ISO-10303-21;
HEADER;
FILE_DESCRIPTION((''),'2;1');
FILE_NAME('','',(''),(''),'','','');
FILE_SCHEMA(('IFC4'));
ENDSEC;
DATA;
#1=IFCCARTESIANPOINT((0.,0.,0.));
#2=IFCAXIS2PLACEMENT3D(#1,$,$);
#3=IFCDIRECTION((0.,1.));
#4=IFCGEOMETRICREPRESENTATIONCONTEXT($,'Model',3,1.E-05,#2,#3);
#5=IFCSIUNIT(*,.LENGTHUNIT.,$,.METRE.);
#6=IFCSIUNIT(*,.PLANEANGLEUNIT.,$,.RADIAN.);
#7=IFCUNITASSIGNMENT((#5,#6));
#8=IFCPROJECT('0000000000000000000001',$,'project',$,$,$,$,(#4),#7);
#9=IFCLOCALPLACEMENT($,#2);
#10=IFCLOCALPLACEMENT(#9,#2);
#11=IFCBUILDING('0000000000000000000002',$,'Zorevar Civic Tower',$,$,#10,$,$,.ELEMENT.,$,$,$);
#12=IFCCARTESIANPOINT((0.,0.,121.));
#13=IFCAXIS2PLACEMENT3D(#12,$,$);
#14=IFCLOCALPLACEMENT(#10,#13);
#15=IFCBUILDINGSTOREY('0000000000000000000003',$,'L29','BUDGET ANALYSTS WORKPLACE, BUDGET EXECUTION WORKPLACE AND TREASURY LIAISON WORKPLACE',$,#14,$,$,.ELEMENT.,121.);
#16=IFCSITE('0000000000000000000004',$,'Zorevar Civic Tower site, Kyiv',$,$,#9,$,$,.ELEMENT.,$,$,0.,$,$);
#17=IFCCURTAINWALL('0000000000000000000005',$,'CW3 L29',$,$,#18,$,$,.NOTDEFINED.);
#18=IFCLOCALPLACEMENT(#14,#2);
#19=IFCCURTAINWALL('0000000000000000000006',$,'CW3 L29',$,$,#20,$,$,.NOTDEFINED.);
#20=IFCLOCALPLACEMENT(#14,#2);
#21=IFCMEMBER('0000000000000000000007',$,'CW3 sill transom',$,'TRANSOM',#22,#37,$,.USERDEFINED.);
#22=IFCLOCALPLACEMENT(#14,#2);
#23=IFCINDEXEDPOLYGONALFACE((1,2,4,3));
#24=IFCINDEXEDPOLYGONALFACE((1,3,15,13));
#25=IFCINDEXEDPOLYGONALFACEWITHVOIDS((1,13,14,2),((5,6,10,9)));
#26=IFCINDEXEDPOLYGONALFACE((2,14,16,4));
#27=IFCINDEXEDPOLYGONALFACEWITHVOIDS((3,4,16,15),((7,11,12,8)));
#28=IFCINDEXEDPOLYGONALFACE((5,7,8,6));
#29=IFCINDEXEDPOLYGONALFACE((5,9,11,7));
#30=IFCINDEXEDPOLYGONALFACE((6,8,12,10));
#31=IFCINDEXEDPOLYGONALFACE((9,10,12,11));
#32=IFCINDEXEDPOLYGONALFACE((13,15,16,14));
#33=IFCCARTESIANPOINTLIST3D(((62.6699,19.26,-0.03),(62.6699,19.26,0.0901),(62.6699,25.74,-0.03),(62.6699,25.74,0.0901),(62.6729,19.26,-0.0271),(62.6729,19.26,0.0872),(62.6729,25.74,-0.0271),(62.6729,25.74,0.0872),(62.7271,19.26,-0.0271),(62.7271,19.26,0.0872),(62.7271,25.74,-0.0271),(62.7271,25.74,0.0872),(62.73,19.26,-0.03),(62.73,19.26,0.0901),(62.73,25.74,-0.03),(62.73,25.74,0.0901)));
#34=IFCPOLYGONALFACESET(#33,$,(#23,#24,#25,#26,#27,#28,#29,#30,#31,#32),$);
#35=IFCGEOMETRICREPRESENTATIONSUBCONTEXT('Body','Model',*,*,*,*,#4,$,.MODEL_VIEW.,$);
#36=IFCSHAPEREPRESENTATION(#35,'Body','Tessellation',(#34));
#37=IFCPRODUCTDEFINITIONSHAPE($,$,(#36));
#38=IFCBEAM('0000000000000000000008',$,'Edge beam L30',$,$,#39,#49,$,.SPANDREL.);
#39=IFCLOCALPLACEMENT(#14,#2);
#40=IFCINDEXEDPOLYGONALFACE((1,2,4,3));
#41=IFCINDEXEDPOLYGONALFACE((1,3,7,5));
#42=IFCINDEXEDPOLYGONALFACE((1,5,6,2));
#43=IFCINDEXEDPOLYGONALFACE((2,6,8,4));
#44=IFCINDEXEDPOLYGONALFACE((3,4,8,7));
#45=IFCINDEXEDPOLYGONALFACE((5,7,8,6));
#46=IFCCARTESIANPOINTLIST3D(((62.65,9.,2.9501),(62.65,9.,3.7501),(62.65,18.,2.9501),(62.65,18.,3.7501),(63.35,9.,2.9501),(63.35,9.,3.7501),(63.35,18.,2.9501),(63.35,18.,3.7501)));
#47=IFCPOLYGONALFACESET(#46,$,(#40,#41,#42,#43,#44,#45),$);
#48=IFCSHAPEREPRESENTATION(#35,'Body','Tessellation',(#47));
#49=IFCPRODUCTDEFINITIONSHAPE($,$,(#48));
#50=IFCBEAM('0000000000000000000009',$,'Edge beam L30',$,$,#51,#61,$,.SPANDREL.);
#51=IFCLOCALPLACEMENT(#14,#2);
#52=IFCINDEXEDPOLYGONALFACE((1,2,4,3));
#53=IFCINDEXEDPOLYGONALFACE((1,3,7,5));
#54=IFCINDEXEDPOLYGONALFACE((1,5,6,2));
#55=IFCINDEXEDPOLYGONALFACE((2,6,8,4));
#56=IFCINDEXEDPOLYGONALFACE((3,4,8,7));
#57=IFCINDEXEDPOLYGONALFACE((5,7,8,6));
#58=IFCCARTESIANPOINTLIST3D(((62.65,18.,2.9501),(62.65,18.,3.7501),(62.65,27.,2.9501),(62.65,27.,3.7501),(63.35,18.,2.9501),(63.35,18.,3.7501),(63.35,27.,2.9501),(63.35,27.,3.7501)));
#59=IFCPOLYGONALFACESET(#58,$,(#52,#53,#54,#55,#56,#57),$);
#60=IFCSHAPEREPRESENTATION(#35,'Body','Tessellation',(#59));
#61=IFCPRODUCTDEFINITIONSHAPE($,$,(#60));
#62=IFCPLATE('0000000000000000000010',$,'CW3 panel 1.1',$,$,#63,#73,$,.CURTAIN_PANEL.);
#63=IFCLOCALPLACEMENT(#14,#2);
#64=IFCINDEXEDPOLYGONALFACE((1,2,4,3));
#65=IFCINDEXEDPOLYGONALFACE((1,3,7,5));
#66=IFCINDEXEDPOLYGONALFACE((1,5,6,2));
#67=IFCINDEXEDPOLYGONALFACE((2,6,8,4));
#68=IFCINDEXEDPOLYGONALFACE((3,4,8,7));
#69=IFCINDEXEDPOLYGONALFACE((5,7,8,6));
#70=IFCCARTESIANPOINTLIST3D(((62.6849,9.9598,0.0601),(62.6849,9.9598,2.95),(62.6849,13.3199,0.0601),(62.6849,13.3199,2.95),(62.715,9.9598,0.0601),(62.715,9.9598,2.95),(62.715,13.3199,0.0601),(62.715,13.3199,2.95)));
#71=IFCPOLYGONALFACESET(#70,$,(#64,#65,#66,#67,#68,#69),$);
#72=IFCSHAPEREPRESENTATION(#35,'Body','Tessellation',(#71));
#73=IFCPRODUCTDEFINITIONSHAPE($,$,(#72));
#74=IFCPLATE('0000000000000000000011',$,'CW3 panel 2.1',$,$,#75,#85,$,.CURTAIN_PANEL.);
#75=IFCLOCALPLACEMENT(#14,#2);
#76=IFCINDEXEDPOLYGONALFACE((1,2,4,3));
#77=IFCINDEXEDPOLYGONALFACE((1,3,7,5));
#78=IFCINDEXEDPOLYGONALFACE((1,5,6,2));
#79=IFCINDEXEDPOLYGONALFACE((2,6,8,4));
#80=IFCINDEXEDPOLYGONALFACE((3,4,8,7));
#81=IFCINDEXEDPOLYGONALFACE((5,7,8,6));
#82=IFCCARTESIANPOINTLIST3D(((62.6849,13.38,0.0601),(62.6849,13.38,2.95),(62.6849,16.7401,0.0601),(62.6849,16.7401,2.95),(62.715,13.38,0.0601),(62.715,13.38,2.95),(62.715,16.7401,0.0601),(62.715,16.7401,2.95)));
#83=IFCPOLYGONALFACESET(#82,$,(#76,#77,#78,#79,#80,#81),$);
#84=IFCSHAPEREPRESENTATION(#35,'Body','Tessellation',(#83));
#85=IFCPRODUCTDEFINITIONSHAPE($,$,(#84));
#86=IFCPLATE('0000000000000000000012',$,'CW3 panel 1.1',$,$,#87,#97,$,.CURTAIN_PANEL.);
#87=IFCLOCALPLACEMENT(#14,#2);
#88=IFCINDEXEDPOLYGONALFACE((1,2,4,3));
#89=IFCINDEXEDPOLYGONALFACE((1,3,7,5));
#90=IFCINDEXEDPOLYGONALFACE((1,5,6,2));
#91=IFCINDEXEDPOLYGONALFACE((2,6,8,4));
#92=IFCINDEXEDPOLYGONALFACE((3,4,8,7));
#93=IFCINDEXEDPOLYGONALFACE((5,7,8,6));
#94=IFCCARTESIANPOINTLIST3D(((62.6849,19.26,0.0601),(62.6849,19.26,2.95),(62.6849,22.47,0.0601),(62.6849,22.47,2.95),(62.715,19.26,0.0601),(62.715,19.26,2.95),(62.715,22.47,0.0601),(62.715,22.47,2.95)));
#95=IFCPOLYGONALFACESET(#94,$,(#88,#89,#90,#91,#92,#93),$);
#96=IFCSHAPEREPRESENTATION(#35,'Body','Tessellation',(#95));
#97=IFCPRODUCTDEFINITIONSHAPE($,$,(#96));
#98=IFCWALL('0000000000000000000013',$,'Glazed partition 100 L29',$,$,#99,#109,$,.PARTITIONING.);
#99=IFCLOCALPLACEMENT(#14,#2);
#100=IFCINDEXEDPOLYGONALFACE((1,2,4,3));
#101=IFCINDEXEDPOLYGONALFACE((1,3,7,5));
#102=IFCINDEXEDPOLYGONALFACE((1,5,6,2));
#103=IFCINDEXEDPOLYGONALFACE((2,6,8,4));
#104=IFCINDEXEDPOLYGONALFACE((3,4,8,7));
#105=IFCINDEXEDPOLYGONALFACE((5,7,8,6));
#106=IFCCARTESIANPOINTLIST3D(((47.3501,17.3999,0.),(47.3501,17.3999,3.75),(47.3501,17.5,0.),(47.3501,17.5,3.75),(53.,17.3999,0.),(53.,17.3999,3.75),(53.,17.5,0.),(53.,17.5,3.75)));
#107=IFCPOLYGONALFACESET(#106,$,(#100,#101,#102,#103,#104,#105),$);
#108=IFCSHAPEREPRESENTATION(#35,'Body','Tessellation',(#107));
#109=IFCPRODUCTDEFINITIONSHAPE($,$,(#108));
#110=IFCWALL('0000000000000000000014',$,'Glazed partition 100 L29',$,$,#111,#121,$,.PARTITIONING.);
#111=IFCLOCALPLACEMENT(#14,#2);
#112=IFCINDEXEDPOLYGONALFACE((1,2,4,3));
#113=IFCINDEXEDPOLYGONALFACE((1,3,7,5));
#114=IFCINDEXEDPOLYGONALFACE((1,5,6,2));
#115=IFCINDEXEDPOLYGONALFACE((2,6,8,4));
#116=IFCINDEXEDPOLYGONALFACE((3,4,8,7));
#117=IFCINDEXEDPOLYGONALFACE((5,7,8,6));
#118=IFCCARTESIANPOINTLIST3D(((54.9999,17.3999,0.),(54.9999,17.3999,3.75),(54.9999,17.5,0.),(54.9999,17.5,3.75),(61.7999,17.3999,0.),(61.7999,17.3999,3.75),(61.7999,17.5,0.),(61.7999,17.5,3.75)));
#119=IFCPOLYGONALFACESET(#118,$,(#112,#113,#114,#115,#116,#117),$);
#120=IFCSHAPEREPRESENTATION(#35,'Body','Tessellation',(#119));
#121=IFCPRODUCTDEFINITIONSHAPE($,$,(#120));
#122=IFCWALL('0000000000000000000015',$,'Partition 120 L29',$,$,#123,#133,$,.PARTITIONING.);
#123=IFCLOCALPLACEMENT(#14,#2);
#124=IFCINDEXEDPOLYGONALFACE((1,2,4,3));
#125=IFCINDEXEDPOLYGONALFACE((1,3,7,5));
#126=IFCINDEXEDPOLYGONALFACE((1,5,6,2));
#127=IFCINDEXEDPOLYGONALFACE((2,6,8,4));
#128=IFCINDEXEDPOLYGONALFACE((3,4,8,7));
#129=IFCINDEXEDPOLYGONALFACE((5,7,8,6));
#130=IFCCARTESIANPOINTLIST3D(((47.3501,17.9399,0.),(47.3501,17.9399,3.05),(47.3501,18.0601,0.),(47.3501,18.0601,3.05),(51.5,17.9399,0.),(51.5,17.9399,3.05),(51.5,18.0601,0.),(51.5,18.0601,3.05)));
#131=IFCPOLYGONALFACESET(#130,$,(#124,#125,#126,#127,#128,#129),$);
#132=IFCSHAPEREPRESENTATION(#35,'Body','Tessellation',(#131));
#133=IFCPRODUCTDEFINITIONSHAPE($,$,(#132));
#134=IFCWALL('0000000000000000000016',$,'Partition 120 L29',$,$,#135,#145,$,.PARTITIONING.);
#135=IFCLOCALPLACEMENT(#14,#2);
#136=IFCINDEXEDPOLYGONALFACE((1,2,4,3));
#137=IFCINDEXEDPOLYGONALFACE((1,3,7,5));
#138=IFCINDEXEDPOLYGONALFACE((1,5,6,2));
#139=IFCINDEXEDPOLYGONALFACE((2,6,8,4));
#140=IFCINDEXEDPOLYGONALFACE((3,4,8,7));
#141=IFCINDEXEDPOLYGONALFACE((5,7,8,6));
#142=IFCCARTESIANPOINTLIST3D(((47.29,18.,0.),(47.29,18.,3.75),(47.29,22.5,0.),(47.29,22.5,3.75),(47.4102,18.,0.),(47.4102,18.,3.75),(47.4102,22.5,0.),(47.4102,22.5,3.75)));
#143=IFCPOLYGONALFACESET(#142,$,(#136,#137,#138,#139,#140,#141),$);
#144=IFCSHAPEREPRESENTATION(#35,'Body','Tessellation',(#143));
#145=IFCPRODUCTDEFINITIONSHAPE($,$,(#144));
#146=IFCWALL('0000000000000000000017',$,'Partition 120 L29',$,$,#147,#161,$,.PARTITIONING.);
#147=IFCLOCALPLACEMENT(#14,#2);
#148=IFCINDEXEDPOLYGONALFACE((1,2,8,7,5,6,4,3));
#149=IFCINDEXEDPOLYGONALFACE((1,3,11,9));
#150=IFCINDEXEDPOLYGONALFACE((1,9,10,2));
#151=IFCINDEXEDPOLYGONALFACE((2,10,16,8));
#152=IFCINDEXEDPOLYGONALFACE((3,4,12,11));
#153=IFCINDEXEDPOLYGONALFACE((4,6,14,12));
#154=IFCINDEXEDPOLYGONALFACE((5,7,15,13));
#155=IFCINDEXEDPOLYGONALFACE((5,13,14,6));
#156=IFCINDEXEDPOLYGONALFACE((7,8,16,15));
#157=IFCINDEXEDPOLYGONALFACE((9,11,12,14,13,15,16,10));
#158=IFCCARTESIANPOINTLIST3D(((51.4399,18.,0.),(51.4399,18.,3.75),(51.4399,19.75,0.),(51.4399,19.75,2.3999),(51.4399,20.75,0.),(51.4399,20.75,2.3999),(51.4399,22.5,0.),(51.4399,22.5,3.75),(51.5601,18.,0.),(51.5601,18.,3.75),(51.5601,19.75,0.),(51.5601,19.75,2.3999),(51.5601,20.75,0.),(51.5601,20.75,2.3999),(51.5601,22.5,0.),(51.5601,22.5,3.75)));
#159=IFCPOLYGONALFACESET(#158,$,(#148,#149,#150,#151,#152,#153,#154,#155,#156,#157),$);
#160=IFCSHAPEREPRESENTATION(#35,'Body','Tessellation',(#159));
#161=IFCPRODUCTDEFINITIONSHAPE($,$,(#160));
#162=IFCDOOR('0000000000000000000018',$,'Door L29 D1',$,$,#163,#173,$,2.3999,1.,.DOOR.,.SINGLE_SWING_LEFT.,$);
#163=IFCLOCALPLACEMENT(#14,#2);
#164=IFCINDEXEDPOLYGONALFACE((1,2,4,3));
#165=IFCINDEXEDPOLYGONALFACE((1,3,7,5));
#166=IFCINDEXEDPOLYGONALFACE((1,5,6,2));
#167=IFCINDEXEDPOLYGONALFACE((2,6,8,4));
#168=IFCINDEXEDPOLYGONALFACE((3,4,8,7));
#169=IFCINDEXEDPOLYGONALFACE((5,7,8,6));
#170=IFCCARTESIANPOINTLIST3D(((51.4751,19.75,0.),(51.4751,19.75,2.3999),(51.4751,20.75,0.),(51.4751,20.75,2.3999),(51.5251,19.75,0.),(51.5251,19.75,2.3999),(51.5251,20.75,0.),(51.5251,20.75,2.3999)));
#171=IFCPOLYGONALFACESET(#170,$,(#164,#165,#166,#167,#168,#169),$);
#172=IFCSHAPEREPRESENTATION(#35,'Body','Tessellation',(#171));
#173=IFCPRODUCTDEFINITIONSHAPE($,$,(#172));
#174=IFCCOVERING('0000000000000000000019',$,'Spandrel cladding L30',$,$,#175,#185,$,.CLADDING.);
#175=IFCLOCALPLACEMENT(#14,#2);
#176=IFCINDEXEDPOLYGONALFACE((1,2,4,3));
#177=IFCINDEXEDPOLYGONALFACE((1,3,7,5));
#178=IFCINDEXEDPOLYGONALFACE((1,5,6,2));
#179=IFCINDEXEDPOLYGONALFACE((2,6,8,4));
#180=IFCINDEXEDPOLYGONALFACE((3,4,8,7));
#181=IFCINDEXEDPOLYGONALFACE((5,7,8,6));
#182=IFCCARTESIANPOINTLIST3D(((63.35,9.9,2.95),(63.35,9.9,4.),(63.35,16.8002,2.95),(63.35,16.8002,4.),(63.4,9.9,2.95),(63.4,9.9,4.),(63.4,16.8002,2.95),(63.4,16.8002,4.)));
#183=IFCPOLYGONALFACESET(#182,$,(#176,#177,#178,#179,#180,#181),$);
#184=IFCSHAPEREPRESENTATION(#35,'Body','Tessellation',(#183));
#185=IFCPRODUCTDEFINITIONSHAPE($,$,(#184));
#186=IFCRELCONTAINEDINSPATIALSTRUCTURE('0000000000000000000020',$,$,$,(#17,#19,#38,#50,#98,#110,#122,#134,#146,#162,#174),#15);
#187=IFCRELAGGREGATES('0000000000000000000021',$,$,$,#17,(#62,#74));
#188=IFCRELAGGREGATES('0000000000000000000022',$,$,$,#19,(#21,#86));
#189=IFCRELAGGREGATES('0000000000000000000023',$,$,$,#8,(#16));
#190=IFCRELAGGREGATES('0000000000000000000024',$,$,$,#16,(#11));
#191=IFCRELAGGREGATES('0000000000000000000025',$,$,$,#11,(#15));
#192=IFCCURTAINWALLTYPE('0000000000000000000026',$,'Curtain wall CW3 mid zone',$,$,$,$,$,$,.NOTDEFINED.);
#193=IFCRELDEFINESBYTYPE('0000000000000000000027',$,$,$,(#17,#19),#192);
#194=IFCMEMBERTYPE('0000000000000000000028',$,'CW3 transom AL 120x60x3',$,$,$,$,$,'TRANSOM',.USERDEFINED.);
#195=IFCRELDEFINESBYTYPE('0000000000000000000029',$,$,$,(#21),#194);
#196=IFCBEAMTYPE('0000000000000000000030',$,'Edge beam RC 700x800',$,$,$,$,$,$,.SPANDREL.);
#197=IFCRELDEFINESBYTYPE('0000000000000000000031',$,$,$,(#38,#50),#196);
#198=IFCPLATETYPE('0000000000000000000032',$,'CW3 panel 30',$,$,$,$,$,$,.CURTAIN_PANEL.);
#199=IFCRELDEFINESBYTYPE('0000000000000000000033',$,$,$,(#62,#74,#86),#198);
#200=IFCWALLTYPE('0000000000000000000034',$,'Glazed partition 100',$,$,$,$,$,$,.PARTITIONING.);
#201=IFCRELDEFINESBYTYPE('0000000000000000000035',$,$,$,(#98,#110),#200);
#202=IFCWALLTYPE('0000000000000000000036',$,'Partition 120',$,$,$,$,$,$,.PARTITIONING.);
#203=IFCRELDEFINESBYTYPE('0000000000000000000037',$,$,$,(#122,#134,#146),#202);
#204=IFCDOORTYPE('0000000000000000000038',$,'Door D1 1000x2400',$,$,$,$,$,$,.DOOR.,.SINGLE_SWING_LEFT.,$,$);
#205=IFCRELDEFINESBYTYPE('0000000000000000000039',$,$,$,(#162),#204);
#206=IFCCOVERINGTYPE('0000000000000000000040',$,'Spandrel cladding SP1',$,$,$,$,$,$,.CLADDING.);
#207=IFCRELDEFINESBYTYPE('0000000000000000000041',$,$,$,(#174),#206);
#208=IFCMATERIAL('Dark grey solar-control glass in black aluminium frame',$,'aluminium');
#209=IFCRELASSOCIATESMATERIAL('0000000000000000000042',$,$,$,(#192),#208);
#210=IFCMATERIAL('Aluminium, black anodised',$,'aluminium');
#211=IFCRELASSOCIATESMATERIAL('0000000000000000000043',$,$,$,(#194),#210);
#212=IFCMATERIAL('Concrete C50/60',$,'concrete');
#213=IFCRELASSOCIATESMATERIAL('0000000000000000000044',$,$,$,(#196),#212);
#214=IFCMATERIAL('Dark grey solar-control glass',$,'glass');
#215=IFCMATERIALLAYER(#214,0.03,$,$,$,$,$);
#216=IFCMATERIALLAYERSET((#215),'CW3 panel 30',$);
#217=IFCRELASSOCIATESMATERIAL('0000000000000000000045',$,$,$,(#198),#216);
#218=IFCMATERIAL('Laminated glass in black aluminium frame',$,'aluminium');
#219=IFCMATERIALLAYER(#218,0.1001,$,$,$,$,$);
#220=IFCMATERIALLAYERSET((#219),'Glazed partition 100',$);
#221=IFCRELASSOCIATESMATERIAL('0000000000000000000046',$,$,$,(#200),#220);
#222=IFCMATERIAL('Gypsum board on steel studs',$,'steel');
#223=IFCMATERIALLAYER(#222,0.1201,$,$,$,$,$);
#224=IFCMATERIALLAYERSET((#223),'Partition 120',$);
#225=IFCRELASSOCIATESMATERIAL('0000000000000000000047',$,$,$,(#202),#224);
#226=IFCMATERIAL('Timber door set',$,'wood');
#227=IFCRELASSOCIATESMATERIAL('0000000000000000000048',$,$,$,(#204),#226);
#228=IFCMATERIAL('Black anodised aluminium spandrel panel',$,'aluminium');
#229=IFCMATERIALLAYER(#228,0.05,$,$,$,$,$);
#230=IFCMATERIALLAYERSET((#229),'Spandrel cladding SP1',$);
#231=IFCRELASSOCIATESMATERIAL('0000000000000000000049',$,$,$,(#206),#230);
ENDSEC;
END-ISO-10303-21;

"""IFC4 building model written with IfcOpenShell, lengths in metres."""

from ifc_helpers import new_model, si_unit, direction, frame, frame_2d, origin, origin_2d, place, context, subcontext, project, spatial, rectangle, hollow_rectangle, extrude, material, layer, layer_set, material_profile, profile_set, type_object, element, fill, aggregate, save


model = new_model("IFC4")

# Units and contexts
model_context = context("Model", 3, precision=1e-05, world=origin(), true_north=direction((0.0, 1.0)))
body_context = subcontext(model_context, "Body", "Model", "MODEL_VIEW")
ifc_project = project(units=[si_unit("LENGTHUNIT", "METRE"), si_unit("PLANEANGLEUNIT", "RADIAN")], contexts=[model_context])

# Site, building, storey
site_placement = place(None, origin())
site = spatial("IfcSite", under=ifc_project, at=site_placement, Name="Zorevar Civic Tower site, Kyiv", CompositionType="ELEMENT", RefElevation=0.0)
building_placement = place(site_placement, origin())
building = spatial("IfcBuilding", under=site, at=building_placement, Name="Zorevar Civic Tower", CompositionType="ELEMENT")
storey_placement = place(building_placement, frame((0.0, 0.0, 121.0)))
storey = spatial("IfcBuildingStorey", under=building, at=storey_placement, Name="L29", Description="BUDGET ANALYSTS WORKPLACE, BUDGET EXECUTION WORKPLACE AND TREASURY LIAISON WORKPLACE", CompositionType="ELEMENT", Elevation=121.0)

# Curtain wall
ifc_material_1 = material(Name="Dark grey solar-control glass in black aluminium frame", Category="aluminium")
curtain_wall_type = type_object("IfcCurtainWallType", Name="Curtain wall CW3 mid zone", PredefinedType="NOTDEFINED", material=ifc_material_1)
curtain_wall_1_placement = place(storey_placement, origin())
curtain_wall_1 = element("IfcCurtainWall", 1, at=curtain_wall_1_placement, inside=storey, type_object=curtain_wall_type, Name="CW3 L29", PredefinedType="NOTDEFINED")

# Curtain wall
curtain_wall_2_placement = place(storey_placement, origin())
curtain_wall_2 = element("IfcCurtainWall", 2, at=curtain_wall_2_placement, inside=storey, type_object=curtain_wall_type, Name="CW3 L29", PredefinedType="NOTDEFINED")

# Member
ifc_material_2 = material(Name="Aluminium, black anodised", Category="aluminium")
ifc_material_profile_1 = material_profile(ifc_material_2, hollow_rectangle(XDim=0.0601, YDim=0.1201, WallThickness=0.0029, at=origin_2d()), Name="AL 120x60x3")
ifc_profile_set_1 = profile_set([ifc_material_profile_1], Name="Aluminium, black anodised")
member_type_1 = type_object("IfcMemberType", Name="CW3 transom AL 120x60x3", ElementType="TRANSOM", PredefinedType="USERDEFINED", material=ifc_profile_set_1)
member_1_placement = place(storey_placement, frame((62.7, 19.26, 0.03), z_axis=(0.0, 1.0, 0.0), x_axis=(-1.0, 0.0, 0.0)))
member_1 = element("IfcMember", 3, at=member_1_placement, type_object=member_type_1, Name="CW3 sill transom", ObjectType="TRANSOM", PredefinedType="USERDEFINED", context=body_context, shape_type="SweptSolid", body=[
    extrude(hollow_rectangle(XDim=0.0601, YDim=0.1201, WallThickness=0.0029, at=origin_2d()), origin(), (0.0, 0.0, 1.0), 6.48),
])

# Beams
ifc_material_3 = material(Name="Concrete C50/60", Category="concrete")
ifc_material_profile_2 = material_profile(ifc_material_3, rectangle(XDim=0.7, YDim=0.8, at=origin_2d()), Name="RC 700x800")
ifc_profile_set_2 = profile_set([ifc_material_profile_2], Name="Concrete C50/60")
beam_type_1 = type_object("IfcBeamType", Name="Edge beam RC 700x800", PredefinedType="SPANDREL", material=ifc_profile_set_2)
for number, where, z_axis, x_axis, name in (
    (4, (63.0, 9.0, 3.3501), (0.0, 1.0, 0.0), (-1.0, 0.0, 0.0), "Edge beam L30"),
    (5, (63.0, 18.0, 3.3501), (0.0, 1.0, 0.0), (-1.0, 0.0, 0.0), "Edge beam L30"),
):
    element("IfcBeam", number, at=place(storey_placement, frame(where, z_axis=z_axis, x_axis=x_axis)), inside=storey, type_object=beam_type_1, Name=name, PredefinedType="SPANDREL", context=body_context, shape_type="SweptSolid", body=[
        extrude(rectangle(XDim=0.7, YDim=0.8, at=origin_2d()), origin(), (0.0, 0.0, 1.0), 9.0),
    ])

# Plates
ifc_material_4 = material(Name="Dark grey solar-control glass", Category="glass")
ifc_layer_1 = layer(ifc_material_4, 0.03)
ifc_layer_set_1 = layer_set([ifc_layer_1], Name="CW3 panel 30")
plate_type = type_object("IfcPlateType", Name="CW3 panel 30", PredefinedType="CURTAIN_PANEL", material=ifc_layer_set_1)
plate_1_placement = place(storey_placement, frame((62.7, 11.6399, 0.0601), z_axis=(0.0, 0.0, 1.0), x_axis=(0.0, 1.0, 0.0)))
plate_1 = element("IfcPlate", 6, at=plate_1_placement, type_object=plate_type, Name="CW3 panel 1.1", PredefinedType="CURTAIN_PANEL", context=body_context, shape_type="SweptSolid", body=[
    extrude(rectangle(XDim=3.3601, YDim=0.03, at=origin_2d()), origin(), (0.0, 0.0, 1.0), 2.8899),
])
plate_2_placement = place(storey_placement, frame((62.7, 15.0601, 0.0601), z_axis=(0.0, 0.0, 1.0), x_axis=(0.0, 1.0, 0.0)))
plate_2 = element("IfcPlate", 7, at=plate_2_placement, type_object=plate_type, Name="CW3 panel 2.1", PredefinedType="CURTAIN_PANEL", context=body_context, shape_type="SweptSolid", body=[
    extrude(rectangle(XDim=3.3601, YDim=0.03, at=origin_2d()), origin(), (0.0, 0.0, 1.0), 2.8899),
])
aggregate(curtain_wall_1, [plate_1, plate_2])
plate_3_placement = place(storey_placement, frame((62.7, 20.865, 0.0601), z_axis=(0.0, 0.0, 1.0), x_axis=(0.0, 1.0, 0.0)))
plate_3 = element("IfcPlate", 8, at=plate_3_placement, type_object=plate_type, Name="CW3 panel 1.1", PredefinedType="CURTAIN_PANEL", context=body_context, shape_type="SweptSolid", body=[
    extrude(rectangle(XDim=3.21, YDim=0.03, at=origin_2d()), origin(), (0.0, 0.0, 1.0), 2.8899),
])
aggregate(curtain_wall_2, [member_1, plate_3])

# Walls
ifc_material_5 = material(Name="Laminated glass in black aluminium frame", Category="aluminium")
ifc_layer_2 = layer(ifc_material_5, 0.1001)
ifc_layer_set_2 = layer_set([ifc_layer_2], Name="Glazed partition 100")
wall_type_1 = type_object("IfcWallType", Name="Glazed partition 100", PredefinedType="PARTITIONING", material=ifc_layer_set_2)
wall_1_placement = place(storey_placement, frame((47.3501, 17.45, 0.0), z_axis=(0.0, 0.0, 1.0), x_axis=(1.0, 0.0, 0.0)))
element("IfcWall", 9, at=wall_1_placement, inside=storey, type_object=wall_type_1, Name="Glazed partition 100 L29", PredefinedType="PARTITIONING", context=body_context, shape_type="SweptSolid", body=[
    extrude(rectangle(XDim=5.6499, YDim=0.1001, at=frame_2d((2.825, 0.0))), origin(), (0.0, 0.0, 1.0), 3.75),
])
wall_2_placement = place(storey_placement, frame((55.0, 17.45, 0.0), z_axis=(0.0, 0.0, 1.0), x_axis=(1.0, 0.0, 0.0)))
element("IfcWall", 10, at=wall_2_placement, inside=storey, type_object=wall_type_1, Name="Glazed partition 100 L29", PredefinedType="PARTITIONING", context=body_context, shape_type="SweptSolid", body=[
    extrude(rectangle(XDim=6.8, YDim=0.1001, at=frame_2d((3.3999, 0.0))), origin(), (0.0, 0.0, 1.0), 3.75),
])
ifc_material_6 = material(Name="Gypsum board on steel studs", Category="steel")
ifc_layer_3 = layer(ifc_material_6, 0.1201)
ifc_layer_set_3 = layer_set([ifc_layer_3], Name="Partition 120")
wall_type_2 = type_object("IfcWallType", Name="Partition 120", PredefinedType="PARTITIONING", material=ifc_layer_set_3)
wall_3_placement = place(storey_placement, frame((47.3501, 18.0, 0.0), z_axis=(0.0, 0.0, 1.0), x_axis=(1.0, 0.0, 0.0)))
element("IfcWall", 11, at=wall_3_placement, inside=storey, type_object=wall_type_2, Name="Partition 120 L29", PredefinedType="PARTITIONING", context=body_context, shape_type="SweptSolid", body=[
    extrude(rectangle(XDim=4.1499, YDim=0.1201, at=frame_2d((2.075, 0.0))), origin(), (0.0, 0.0, 1.0), 3.05),
])
wall_4_placement = place(storey_placement, frame((47.3501, 18.0, 0.0), z_axis=(0.0, 0.0, 1.0), x_axis=(0.0, 1.0, 0.0)))
element("IfcWall", 12, at=wall_4_placement, inside=storey, type_object=wall_type_2, Name="Partition 120 L29", PredefinedType="PARTITIONING", context=body_context, shape_type="SweptSolid", body=[
    extrude(rectangle(XDim=4.5, YDim=0.1201, at=frame_2d((2.25, 0.0))), origin(), (0.0, 0.0, 1.0), 3.75),
])

# Wall, opening, door
wall_5_placement = place(storey_placement, frame((51.5, 18.0, 0.0), z_axis=(0.0, 0.0, 1.0), x_axis=(0.0, 1.0, 0.0)))
wall_5 = element("IfcWall", 13, at=wall_5_placement, inside=storey, type_object=wall_type_2, Name="Partition 120 L29", PredefinedType="PARTITIONING", context=body_context, shape_type="SweptSolid", body=[
    extrude(rectangle(XDim=4.5, YDim=0.1201, at=frame_2d((2.25, 0.0))), origin(), (0.0, 0.0, 1.0), 3.75),
])
opening_placement = place(wall_5_placement, frame((1.75, 0.0, 0.0)))
opening = element("IfcOpeningElement", 14, at=opening_placement, cuts=wall_5, PredefinedType="OPENING", context=body_context, shape_type="SweptSolid", body=[
    extrude(rectangle(XDim=1.0, YDim=2.3999, at=frame_2d((0.5, 1.2))), frame((0.0, 0.0701, 0.0), z_axis=(0.0, -1.0, 0.0), x_axis=(1.0, 0.0, 0.0)), (0.0, 0.0, 1.0), 0.1401),
])
ifc_material_7 = material(Name="Timber door set", Category="wood")
door_type = type_object("IfcDoorType", Name="Door D1 1000x2400", OperationType="SINGLE_SWING_LEFT", PredefinedType="DOOR", material=ifc_material_7)
door_placement = place(opening_placement, origin())
door = element("IfcDoor", 15, at=door_placement, inside=storey, type_object=door_type, Name="Door L29 D1", OperationType="SINGLE_SWING_LEFT", OverallHeight=2.3999, OverallWidth=1.0, PredefinedType="DOOR", context=body_context, shape_type="SweptSolid", body=[
    extrude(rectangle(XDim=1.0, YDim=2.3999, at=frame_2d((0.5, 1.2))), frame((0.0, 0.0249, 0.0), z_axis=(0.0, -1.0, 0.0), x_axis=(1.0, 0.0, 0.0)), (0.0, 0.0, 1.0), 0.05),
])
fill(opening, door)

# Covering
ifc_material_8 = material(Name="Black anodised aluminium spandrel panel", Category="aluminium")
ifc_layer_4 = layer(ifc_material_8, 0.05)
ifc_layer_set_4 = layer_set([ifc_layer_4], Name="Spandrel cladding SP1")
covering_type = type_object("IfcCoveringType", Name="Spandrel cladding SP1", PredefinedType="CLADDING", material=ifc_layer_set_4)
covering_1_placement = place(storey_placement, frame((63.375, 9.8999, 2.95), z_axis=(0.0, 0.0, 1.0), x_axis=(0.0, 1.0, 0.0)))
element("IfcCovering", 16, at=covering_1_placement, inside=storey, type_object=covering_type, Name="Spandrel cladding L30", PredefinedType="CLADDING", context=body_context, shape_type="SweptSolid", body=[
    extrude(rectangle(XDim=6.9001, YDim=0.05, at=frame_2d((3.4502, 0.0))), origin(), (0.0, 0.0, 1.0), 1.05),
])

save(model, "model.ifc")
